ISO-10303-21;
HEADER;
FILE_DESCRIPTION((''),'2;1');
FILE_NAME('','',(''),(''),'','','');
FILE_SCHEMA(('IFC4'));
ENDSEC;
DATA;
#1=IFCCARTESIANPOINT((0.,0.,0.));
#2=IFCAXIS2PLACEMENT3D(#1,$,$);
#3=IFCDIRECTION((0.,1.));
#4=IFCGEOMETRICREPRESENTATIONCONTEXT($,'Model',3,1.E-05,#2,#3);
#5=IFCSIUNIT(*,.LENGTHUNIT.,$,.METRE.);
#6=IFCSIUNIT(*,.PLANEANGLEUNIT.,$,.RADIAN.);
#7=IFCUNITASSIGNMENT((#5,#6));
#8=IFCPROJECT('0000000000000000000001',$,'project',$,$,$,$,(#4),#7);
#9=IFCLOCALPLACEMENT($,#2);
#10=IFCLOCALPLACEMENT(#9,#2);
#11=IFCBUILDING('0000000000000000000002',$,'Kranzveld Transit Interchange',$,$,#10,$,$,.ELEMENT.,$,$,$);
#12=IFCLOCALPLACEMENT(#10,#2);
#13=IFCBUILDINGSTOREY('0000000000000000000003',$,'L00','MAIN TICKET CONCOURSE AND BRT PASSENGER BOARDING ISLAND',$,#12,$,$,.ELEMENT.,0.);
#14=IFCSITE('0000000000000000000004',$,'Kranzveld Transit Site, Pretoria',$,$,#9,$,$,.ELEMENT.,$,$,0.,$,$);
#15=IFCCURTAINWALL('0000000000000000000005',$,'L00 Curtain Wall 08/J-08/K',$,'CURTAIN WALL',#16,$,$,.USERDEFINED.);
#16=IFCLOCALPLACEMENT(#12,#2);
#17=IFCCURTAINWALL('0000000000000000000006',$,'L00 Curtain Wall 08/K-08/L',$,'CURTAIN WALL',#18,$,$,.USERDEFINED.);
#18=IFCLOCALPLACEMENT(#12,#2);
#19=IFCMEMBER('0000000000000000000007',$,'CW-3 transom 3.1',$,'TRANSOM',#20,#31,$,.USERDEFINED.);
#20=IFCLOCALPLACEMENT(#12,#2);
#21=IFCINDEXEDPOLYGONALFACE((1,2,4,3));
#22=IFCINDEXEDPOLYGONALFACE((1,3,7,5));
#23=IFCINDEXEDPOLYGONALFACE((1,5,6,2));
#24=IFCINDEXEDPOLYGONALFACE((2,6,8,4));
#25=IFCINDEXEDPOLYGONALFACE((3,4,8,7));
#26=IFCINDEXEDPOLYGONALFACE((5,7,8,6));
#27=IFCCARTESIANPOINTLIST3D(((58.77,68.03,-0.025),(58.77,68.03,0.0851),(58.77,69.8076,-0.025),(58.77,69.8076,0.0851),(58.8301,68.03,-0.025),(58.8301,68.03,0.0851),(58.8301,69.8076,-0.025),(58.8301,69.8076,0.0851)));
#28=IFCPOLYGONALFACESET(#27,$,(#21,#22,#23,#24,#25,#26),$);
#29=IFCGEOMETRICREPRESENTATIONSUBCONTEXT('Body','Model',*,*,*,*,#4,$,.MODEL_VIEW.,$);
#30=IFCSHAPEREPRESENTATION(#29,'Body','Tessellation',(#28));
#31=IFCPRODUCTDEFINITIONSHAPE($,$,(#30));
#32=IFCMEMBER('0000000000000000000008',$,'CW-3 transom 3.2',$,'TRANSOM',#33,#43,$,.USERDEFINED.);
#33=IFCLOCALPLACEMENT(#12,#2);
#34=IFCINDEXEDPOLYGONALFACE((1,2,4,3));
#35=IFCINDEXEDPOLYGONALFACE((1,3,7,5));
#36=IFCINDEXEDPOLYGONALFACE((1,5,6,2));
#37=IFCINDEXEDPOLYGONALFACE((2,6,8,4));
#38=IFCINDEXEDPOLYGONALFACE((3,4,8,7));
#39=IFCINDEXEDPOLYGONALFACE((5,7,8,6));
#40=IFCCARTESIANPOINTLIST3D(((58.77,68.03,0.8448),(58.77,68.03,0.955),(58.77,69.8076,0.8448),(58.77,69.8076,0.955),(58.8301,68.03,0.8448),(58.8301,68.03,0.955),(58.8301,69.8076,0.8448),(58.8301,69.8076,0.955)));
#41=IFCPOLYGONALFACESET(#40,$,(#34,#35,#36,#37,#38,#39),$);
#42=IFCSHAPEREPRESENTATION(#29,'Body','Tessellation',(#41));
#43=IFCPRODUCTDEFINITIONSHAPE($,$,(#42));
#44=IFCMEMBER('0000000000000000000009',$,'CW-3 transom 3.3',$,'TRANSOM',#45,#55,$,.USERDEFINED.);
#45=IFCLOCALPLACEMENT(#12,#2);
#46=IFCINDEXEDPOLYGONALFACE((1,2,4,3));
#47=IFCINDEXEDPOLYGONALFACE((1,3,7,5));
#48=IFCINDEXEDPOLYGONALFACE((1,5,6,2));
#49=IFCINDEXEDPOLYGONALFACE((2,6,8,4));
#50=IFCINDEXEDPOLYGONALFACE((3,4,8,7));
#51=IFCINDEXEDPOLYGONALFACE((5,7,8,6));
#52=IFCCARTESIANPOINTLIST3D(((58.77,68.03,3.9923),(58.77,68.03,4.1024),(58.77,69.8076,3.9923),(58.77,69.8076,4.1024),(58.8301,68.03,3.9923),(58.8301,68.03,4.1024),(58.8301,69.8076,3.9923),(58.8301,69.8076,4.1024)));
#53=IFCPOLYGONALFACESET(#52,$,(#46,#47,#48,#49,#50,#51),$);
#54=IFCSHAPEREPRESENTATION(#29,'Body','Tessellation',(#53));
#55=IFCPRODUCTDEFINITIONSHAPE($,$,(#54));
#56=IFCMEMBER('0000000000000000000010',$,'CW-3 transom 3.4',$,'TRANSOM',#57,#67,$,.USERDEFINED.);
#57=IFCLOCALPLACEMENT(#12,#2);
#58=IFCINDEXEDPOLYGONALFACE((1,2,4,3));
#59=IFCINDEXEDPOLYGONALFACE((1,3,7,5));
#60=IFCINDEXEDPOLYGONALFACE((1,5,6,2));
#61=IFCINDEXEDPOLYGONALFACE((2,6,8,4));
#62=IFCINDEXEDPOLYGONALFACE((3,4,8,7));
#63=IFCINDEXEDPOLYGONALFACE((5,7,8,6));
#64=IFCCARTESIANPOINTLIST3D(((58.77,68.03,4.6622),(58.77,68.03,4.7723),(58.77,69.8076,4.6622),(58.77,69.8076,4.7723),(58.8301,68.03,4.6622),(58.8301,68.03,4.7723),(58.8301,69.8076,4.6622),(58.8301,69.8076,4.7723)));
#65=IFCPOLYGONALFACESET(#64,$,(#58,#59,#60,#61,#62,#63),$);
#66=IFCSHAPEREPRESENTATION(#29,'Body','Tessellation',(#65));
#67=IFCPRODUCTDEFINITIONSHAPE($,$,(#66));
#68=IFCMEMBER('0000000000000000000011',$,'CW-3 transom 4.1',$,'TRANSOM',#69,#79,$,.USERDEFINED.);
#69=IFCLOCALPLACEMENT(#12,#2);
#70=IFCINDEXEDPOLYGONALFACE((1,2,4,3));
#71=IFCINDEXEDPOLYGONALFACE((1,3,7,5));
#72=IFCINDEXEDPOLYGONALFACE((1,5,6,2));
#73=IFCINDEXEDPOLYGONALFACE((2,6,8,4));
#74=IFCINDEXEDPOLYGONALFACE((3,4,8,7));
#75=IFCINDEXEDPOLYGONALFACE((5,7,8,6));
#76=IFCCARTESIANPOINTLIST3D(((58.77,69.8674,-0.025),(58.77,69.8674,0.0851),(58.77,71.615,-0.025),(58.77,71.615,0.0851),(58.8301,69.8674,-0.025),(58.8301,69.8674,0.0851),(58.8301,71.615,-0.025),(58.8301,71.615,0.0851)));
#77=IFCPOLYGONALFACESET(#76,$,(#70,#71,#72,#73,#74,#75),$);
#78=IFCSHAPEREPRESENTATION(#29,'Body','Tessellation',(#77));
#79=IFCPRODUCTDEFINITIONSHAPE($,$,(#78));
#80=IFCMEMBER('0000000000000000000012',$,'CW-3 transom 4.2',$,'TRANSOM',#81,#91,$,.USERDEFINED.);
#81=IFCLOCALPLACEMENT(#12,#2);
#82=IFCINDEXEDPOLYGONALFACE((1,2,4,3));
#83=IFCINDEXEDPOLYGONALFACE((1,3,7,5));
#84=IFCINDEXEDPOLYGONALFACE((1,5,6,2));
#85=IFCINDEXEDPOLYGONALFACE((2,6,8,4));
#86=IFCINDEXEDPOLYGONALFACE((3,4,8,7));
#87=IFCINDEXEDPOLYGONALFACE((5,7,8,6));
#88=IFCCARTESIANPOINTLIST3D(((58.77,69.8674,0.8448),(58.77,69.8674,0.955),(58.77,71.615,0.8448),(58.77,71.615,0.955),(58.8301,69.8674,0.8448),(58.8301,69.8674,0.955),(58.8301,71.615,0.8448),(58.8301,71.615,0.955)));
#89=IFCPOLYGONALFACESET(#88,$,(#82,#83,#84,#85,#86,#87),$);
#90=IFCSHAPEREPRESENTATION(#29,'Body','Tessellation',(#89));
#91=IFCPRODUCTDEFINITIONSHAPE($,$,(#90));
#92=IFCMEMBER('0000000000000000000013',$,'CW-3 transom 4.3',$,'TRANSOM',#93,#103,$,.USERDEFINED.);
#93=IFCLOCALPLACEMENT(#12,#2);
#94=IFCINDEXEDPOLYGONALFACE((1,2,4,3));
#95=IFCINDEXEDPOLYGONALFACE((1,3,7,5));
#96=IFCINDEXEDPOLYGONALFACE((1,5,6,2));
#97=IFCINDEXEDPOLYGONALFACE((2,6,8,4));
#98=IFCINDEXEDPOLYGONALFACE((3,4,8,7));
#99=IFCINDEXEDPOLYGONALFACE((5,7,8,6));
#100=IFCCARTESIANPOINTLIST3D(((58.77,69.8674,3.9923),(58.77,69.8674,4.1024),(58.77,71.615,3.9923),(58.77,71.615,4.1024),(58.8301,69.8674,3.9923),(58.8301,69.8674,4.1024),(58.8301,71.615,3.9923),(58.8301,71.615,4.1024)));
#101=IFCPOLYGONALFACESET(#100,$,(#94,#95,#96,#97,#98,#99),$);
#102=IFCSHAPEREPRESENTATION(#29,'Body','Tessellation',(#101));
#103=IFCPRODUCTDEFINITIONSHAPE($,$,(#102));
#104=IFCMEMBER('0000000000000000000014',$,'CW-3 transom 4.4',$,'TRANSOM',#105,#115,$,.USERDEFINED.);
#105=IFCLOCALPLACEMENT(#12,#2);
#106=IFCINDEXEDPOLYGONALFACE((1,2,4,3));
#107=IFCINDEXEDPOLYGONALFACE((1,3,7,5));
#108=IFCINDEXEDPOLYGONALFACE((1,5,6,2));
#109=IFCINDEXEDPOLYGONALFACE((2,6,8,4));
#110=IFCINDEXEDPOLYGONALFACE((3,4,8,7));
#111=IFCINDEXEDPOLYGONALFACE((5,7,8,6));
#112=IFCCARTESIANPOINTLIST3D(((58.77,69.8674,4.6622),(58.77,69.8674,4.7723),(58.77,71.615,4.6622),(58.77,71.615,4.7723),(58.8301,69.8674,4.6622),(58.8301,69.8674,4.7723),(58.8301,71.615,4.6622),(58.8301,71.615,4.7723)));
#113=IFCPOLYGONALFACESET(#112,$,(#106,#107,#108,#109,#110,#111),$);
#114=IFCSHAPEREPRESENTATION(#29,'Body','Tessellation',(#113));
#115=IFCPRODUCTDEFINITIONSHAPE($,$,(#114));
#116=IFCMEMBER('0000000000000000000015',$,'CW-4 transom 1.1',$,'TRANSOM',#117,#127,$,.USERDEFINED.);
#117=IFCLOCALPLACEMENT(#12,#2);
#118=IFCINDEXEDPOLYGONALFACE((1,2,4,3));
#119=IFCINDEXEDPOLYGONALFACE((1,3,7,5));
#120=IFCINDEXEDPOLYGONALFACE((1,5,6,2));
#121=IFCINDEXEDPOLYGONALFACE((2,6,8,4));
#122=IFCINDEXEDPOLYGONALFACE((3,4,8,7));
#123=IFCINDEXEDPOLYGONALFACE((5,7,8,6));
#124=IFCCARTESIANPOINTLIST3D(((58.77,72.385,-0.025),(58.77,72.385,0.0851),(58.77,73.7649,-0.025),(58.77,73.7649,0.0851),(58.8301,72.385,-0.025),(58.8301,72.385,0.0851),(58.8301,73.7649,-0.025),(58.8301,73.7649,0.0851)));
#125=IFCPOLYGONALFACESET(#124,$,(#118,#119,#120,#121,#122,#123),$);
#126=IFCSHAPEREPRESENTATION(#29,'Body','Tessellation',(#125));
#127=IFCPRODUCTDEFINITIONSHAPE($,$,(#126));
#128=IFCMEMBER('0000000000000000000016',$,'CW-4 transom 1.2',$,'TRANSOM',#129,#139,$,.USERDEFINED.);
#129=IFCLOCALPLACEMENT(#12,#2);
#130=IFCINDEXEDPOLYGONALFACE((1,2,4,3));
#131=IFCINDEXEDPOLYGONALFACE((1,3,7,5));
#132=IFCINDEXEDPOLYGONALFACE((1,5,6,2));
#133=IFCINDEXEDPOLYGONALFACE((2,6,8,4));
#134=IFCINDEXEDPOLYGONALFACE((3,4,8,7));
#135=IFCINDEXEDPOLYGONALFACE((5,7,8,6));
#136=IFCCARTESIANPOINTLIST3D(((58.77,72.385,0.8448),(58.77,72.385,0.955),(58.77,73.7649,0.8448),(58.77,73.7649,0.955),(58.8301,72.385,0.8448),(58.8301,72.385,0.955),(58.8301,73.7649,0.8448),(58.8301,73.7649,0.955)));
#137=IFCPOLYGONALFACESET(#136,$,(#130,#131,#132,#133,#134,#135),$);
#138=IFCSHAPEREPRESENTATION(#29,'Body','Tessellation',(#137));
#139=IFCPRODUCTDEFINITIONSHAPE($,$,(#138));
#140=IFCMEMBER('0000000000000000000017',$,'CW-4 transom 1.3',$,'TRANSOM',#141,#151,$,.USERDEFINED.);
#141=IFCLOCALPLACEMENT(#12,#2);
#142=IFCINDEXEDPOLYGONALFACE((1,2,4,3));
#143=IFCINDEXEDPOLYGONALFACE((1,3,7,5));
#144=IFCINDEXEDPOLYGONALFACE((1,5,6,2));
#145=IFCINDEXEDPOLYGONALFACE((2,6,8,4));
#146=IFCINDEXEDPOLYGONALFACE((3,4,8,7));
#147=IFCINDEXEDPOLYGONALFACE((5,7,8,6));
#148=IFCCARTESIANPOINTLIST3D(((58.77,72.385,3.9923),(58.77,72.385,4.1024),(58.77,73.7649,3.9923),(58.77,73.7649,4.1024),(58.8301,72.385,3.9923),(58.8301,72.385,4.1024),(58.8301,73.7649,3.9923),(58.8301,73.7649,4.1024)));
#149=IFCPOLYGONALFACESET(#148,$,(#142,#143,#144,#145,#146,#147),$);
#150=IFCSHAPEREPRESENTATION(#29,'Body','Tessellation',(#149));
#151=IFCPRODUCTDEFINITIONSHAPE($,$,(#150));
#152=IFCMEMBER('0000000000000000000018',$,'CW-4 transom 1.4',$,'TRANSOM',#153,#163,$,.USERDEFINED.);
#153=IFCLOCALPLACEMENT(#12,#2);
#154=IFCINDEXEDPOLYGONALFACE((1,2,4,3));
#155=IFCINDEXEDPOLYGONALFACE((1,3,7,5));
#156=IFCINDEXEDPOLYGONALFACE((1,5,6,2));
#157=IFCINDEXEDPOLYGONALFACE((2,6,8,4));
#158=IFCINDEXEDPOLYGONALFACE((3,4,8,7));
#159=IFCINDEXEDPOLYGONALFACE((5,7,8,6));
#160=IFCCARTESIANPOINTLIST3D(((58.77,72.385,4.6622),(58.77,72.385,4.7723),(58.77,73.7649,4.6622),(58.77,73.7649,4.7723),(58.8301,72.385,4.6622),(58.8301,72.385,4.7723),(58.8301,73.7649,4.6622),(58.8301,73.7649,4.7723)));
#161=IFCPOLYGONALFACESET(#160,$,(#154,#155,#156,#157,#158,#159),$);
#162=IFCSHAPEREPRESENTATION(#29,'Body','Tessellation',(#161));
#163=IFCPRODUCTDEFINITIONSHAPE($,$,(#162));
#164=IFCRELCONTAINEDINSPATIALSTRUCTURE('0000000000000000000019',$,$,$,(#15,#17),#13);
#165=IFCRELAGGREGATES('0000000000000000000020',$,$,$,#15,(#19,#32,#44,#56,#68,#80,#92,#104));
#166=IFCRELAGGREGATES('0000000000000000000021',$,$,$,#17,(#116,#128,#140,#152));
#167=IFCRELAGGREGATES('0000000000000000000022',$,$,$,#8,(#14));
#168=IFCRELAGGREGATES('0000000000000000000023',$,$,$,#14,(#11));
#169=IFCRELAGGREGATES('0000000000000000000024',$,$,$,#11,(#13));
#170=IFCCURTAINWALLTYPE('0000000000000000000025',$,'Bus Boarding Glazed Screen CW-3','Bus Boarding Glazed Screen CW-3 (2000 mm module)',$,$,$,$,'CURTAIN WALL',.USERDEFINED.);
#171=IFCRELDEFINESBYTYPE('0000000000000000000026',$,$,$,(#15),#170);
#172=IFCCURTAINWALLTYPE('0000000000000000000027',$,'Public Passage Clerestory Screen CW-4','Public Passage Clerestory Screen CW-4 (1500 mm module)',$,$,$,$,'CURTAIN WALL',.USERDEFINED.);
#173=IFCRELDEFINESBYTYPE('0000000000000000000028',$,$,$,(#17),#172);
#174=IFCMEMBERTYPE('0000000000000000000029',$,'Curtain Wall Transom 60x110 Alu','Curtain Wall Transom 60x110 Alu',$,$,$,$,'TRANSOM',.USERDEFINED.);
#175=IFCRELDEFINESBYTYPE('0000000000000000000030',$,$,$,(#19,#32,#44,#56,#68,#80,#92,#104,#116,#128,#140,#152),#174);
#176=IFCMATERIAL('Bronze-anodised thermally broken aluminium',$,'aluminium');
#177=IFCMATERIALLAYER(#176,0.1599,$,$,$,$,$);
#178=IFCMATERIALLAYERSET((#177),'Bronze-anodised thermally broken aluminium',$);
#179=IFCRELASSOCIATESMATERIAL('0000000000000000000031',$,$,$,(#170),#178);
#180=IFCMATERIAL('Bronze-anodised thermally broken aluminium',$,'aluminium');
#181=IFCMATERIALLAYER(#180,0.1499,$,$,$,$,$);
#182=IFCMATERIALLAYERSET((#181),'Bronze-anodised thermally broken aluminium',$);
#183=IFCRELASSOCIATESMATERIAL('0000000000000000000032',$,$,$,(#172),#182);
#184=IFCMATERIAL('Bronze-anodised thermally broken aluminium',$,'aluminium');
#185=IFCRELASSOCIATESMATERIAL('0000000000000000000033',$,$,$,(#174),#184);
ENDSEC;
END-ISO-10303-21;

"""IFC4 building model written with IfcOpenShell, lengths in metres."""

from ifc_helpers import new_model, si_unit, direction, frame, origin, origin_2d, place, context, subcontext, project, spatial, rectangle, extrude, material, layer, layer_set, material_profile, profile_set, type_object, element, aggregate, save


model = new_model("IFC4")

# Units and contexts
model_context = context("Model", 3, precision=1e-05, world=origin(), true_north=direction((0.0, 1.0)))
body_context = subcontext(model_context, "Body", "Model", "MODEL_VIEW")
ifc_project = project(units=[si_unit("LENGTHUNIT", "METRE"), si_unit("PLANEANGLEUNIT", "RADIAN")], contexts=[model_context])

# Site, building, storey
site_placement = place(None, origin())
site = spatial("IfcSite", under=ifc_project, at=site_placement, Name="Kranzveld Transit Site, Pretoria", CompositionType="ELEMENT", RefElevation=0.0)
building_placement = place(site_placement, origin())
building = spatial("IfcBuilding", under=site, at=building_placement, Name="Kranzveld Transit Interchange", CompositionType="ELEMENT")
storey_placement = place(building_placement, origin())
storey = spatial("IfcBuildingStorey", under=building, at=storey_placement, Name="L00", Description="MAIN TICKET CONCOURSE AND BRT PASSENGER BOARDING ISLAND", CompositionType="ELEMENT", Elevation=0.0)

# Curtain wall
ifc_material_1 = material(Name="Bronze-anodised thermally broken aluminium", Category="aluminium")
ifc_layer_1 = layer(ifc_material_1, 0.1599)
ifc_layer_set_1 = layer_set([ifc_layer_1], Name="Bronze-anodised thermally broken aluminium")
curtain_wall_type_1 = type_object("IfcCurtainWallType", Name="Bus Boarding Glazed Screen CW-3", Description="Bus Boarding Glazed Screen CW-3 (2000 mm module)", ElementType="CURTAIN WALL", PredefinedType="USERDEFINED", material=ifc_layer_set_1)
curtain_wall_1_placement = place(storey_placement, origin())
curtain_wall_1 = element("IfcCurtainWall", 1, at=curtain_wall_1_placement, inside=storey, type_object=curtain_wall_type_1, Name="L00 Curtain Wall 08/J-08/K", ObjectType="CURTAIN WALL", PredefinedType="USERDEFINED")

# Curtain wall
ifc_material_2 = material(Name="Bronze-anodised thermally broken aluminium", Category="aluminium")
ifc_layer_2 = layer(ifc_material_2, 0.1499)
ifc_layer_set_2 = layer_set([ifc_layer_2], Name="Bronze-anodised thermally broken aluminium")
curtain_wall_type_2 = type_object("IfcCurtainWallType", Name="Public Passage Clerestory Screen CW-4", Description="Public Passage Clerestory Screen CW-4 (1500 mm module)", ElementType="CURTAIN WALL", PredefinedType="USERDEFINED", material=ifc_layer_set_2)
curtain_wall_2_placement = place(storey_placement, origin())
curtain_wall_2 = element("IfcCurtainWall", 2, at=curtain_wall_2_placement, inside=storey, type_object=curtain_wall_type_2, Name="L00 Curtain Wall 08/K-08/L", ObjectType="CURTAIN WALL", PredefinedType="USERDEFINED")

# Members
ifc_material_3 = material(Name="Bronze-anodised thermally broken aluminium", Category="aluminium")
ifc_material_profile_1 = material_profile(ifc_material_3, rectangle(XDim=0.0601, YDim=0.1101, at=origin_2d()), Name="ALU TRANSOM 60x110")
ifc_profile_set_1 = profile_set([ifc_material_profile_1], Name="Bronze-anodised thermally broken aluminium")
member_type_1 = type_object("IfcMemberType", Name="Curtain Wall Transom 60x110 Alu", Description="Curtain Wall Transom 60x110 Alu", ElementType="TRANSOM", PredefinedType="USERDEFINED", material=ifc_profile_set_1)
member_1_placement = place(storey_placement, frame((58.8, 68.03, 0.03), z_axis=(0.0, 1.0, 0.0), x_axis=(-1.0, 0.0, 0.0)))
member_1 = element("IfcMember", 3, at=member_1_placement, type_object=member_type_1, Name="CW-3 transom 3.1", ObjectType="TRANSOM", PredefinedType="USERDEFINED", context=body_context, shape_type="SweptSolid", body=[
    extrude(rectangle(XDim=0.0601, YDim=0.1101, at=origin_2d()), origin(), (0.0, 0.0, 1.0), 1.7776),
])
member_2_placement = place(storey_placement, frame((58.8, 68.03, 0.8999), z_axis=(0.0, 1.0, 0.0), x_axis=(-1.0, 0.0, 0.0)))
member_2 = element("IfcMember", 4, at=member_2_placement, type_object=member_type_1, Name="CW-3 transom 3.2", ObjectType="TRANSOM", PredefinedType="USERDEFINED", context=body_context, shape_type="SweptSolid", body=[
    extrude(rectangle(XDim=0.0601, YDim=0.1101, at=origin_2d()), origin(), (0.0, 0.0, 1.0), 1.7776),
])
member_3_placement = place(storey_placement, frame((58.8, 68.03, 4.0474), z_axis=(0.0, 1.0, 0.0), x_axis=(-1.0, 0.0, 0.0)))
member_3 = element("IfcMember", 5, at=member_3_placement, type_object=member_type_1, Name="CW-3 transom 3.3", ObjectType="TRANSOM", PredefinedType="USERDEFINED", context=body_context, shape_type="SweptSolid", body=[
    extrude(rectangle(XDim=0.0601, YDim=0.1101, at=origin_2d()), origin(), (0.0, 0.0, 1.0), 1.7776),
])
member_4_placement = place(storey_placement, frame((58.8, 68.03, 4.7173), z_axis=(0.0, 1.0, 0.0), x_axis=(-1.0, 0.0, 0.0)))
member_4 = element("IfcMember", 6, at=member_4_placement, type_object=member_type_1, Name="CW-3 transom 3.4", ObjectType="TRANSOM", PredefinedType="USERDEFINED", context=body_context, shape_type="SweptSolid", body=[
    extrude(rectangle(XDim=0.0601, YDim=0.1101, at=origin_2d()), origin(), (0.0, 0.0, 1.0), 1.7776),
])
member_5_placement = place(storey_placement, frame((58.8, 69.8674, 0.03), z_axis=(0.0, 1.0, 0.0), x_axis=(-1.0, 0.0, 0.0)))
member_5 = element("IfcMember", 7, at=member_5_placement, type_object=member_type_1, Name="CW-3 transom 4.1", ObjectType="TRANSOM", PredefinedType="USERDEFINED", context=body_context, shape_type="SweptSolid", body=[
    extrude(rectangle(XDim=0.0601, YDim=0.1101, at=origin_2d()), origin(), (0.0, 0.0, 1.0), 1.7476),
])
member_6_placement = place(storey_placement, frame((58.8, 69.8674, 0.8999), z_axis=(0.0, 1.0, 0.0), x_axis=(-1.0, 0.0, 0.0)))
member_6 = element("IfcMember", 8, at=member_6_placement, type_object=member_type_1, Name="CW-3 transom 4.2", ObjectType="TRANSOM", PredefinedType="USERDEFINED", context=body_context, shape_type="SweptSolid", body=[
    extrude(rectangle(XDim=0.0601, YDim=0.1101, at=origin_2d()), origin(), (0.0, 0.0, 1.0), 1.7476),
])
member_7_placement = place(storey_placement, frame((58.8, 69.8674, 4.0474), z_axis=(0.0, 1.0, 0.0), x_axis=(-1.0, 0.0, 0.0)))
member_7 = element("IfcMember", 9, at=member_7_placement, type_object=member_type_1, Name="CW-3 transom 4.3", ObjectType="TRANSOM", PredefinedType="USERDEFINED", context=body_context, shape_type="SweptSolid", body=[
    extrude(rectangle(XDim=0.0601, YDim=0.1101, at=origin_2d()), origin(), (0.0, 0.0, 1.0), 1.7476),
])
member_8_placement = place(storey_placement, frame((58.8, 69.8674, 4.7173), z_axis=(0.0, 1.0, 0.0), x_axis=(-1.0, 0.0, 0.0)))
member_8 = element("IfcMember", 10, at=member_8_placement, type_object=member_type_1, Name="CW-3 transom 4.4", ObjectType="TRANSOM", PredefinedType="USERDEFINED", context=body_context, shape_type="SweptSolid", body=[
    extrude(rectangle(XDim=0.0601, YDim=0.1101, at=origin_2d()), origin(), (0.0, 0.0, 1.0), 1.7476),
])
member_9_placement = place(storey_placement, frame((58.8, 72.385, 0.03), z_axis=(0.0, 1.0, 0.0), x_axis=(-1.0, 0.0, 0.0)))
member_9 = element("IfcMember", 11, at=member_9_placement, type_object=member_type_1, Name="CW-4 transom 1.1", ObjectType="TRANSOM", PredefinedType="USERDEFINED", context=body_context, shape_type="SweptSolid", body=[
    extrude(rectangle(XDim=0.0601, YDim=0.1101, at=origin_2d()), origin(), (0.0, 0.0, 1.0), 1.3799),
])
member_10_placement = place(storey_placement, frame((58.8, 72.385, 0.8999), z_axis=(0.0, 1.0, 0.0), x_axis=(-1.0, 0.0, 0.0)))
member_10 = element("IfcMember", 12, at=member_10_placement, type_object=member_type_1, Name="CW-4 transom 1.2", ObjectType="TRANSOM", PredefinedType="USERDEFINED", context=body_context, shape_type="SweptSolid", body=[
    extrude(rectangle(XDim=0.0601, YDim=0.1101, at=origin_2d()), origin(), (0.0, 0.0, 1.0), 1.3799),
])
member_11_placement = place(storey_placement, frame((58.8, 72.385, 4.0474), z_axis=(0.0, 1.0, 0.0), x_axis=(-1.0, 0.0, 0.0)))
member_11 = element("IfcMember", 13, at=member_11_placement, type_object=member_type_1, Name="CW-4 transom 1.3", ObjectType="TRANSOM", PredefinedType="USERDEFINED", context=body_context, shape_type="SweptSolid", body=[
    extrude(rectangle(XDim=0.0601, YDim=0.1101, at=origin_2d()), origin(), (0.0, 0.0, 1.0), 1.3799),
])
member_12_placement = place(storey_placement, frame((58.8, 72.385, 4.7173), z_axis=(0.0, 1.0, 0.0), x_axis=(-1.0, 0.0, 0.0)))
member_12 = element("IfcMember", 14, at=member_12_placement, type_object=member_type_1, Name="CW-4 transom 1.4", ObjectType="TRANSOM", PredefinedType="USERDEFINED", context=body_context, shape_type="SweptSolid", body=[
    extrude(rectangle(XDim=0.0601, YDim=0.1101, at=origin_2d()), origin(), (0.0, 0.0, 1.0), 1.3799),
])

aggregate(curtain_wall_1, [member_1, member_2, member_3, member_4, member_5, member_6, member_7, member_8])
aggregate(curtain_wall_2, [member_9, member_10, member_11, member_12])

save(model, "model.ifc")
